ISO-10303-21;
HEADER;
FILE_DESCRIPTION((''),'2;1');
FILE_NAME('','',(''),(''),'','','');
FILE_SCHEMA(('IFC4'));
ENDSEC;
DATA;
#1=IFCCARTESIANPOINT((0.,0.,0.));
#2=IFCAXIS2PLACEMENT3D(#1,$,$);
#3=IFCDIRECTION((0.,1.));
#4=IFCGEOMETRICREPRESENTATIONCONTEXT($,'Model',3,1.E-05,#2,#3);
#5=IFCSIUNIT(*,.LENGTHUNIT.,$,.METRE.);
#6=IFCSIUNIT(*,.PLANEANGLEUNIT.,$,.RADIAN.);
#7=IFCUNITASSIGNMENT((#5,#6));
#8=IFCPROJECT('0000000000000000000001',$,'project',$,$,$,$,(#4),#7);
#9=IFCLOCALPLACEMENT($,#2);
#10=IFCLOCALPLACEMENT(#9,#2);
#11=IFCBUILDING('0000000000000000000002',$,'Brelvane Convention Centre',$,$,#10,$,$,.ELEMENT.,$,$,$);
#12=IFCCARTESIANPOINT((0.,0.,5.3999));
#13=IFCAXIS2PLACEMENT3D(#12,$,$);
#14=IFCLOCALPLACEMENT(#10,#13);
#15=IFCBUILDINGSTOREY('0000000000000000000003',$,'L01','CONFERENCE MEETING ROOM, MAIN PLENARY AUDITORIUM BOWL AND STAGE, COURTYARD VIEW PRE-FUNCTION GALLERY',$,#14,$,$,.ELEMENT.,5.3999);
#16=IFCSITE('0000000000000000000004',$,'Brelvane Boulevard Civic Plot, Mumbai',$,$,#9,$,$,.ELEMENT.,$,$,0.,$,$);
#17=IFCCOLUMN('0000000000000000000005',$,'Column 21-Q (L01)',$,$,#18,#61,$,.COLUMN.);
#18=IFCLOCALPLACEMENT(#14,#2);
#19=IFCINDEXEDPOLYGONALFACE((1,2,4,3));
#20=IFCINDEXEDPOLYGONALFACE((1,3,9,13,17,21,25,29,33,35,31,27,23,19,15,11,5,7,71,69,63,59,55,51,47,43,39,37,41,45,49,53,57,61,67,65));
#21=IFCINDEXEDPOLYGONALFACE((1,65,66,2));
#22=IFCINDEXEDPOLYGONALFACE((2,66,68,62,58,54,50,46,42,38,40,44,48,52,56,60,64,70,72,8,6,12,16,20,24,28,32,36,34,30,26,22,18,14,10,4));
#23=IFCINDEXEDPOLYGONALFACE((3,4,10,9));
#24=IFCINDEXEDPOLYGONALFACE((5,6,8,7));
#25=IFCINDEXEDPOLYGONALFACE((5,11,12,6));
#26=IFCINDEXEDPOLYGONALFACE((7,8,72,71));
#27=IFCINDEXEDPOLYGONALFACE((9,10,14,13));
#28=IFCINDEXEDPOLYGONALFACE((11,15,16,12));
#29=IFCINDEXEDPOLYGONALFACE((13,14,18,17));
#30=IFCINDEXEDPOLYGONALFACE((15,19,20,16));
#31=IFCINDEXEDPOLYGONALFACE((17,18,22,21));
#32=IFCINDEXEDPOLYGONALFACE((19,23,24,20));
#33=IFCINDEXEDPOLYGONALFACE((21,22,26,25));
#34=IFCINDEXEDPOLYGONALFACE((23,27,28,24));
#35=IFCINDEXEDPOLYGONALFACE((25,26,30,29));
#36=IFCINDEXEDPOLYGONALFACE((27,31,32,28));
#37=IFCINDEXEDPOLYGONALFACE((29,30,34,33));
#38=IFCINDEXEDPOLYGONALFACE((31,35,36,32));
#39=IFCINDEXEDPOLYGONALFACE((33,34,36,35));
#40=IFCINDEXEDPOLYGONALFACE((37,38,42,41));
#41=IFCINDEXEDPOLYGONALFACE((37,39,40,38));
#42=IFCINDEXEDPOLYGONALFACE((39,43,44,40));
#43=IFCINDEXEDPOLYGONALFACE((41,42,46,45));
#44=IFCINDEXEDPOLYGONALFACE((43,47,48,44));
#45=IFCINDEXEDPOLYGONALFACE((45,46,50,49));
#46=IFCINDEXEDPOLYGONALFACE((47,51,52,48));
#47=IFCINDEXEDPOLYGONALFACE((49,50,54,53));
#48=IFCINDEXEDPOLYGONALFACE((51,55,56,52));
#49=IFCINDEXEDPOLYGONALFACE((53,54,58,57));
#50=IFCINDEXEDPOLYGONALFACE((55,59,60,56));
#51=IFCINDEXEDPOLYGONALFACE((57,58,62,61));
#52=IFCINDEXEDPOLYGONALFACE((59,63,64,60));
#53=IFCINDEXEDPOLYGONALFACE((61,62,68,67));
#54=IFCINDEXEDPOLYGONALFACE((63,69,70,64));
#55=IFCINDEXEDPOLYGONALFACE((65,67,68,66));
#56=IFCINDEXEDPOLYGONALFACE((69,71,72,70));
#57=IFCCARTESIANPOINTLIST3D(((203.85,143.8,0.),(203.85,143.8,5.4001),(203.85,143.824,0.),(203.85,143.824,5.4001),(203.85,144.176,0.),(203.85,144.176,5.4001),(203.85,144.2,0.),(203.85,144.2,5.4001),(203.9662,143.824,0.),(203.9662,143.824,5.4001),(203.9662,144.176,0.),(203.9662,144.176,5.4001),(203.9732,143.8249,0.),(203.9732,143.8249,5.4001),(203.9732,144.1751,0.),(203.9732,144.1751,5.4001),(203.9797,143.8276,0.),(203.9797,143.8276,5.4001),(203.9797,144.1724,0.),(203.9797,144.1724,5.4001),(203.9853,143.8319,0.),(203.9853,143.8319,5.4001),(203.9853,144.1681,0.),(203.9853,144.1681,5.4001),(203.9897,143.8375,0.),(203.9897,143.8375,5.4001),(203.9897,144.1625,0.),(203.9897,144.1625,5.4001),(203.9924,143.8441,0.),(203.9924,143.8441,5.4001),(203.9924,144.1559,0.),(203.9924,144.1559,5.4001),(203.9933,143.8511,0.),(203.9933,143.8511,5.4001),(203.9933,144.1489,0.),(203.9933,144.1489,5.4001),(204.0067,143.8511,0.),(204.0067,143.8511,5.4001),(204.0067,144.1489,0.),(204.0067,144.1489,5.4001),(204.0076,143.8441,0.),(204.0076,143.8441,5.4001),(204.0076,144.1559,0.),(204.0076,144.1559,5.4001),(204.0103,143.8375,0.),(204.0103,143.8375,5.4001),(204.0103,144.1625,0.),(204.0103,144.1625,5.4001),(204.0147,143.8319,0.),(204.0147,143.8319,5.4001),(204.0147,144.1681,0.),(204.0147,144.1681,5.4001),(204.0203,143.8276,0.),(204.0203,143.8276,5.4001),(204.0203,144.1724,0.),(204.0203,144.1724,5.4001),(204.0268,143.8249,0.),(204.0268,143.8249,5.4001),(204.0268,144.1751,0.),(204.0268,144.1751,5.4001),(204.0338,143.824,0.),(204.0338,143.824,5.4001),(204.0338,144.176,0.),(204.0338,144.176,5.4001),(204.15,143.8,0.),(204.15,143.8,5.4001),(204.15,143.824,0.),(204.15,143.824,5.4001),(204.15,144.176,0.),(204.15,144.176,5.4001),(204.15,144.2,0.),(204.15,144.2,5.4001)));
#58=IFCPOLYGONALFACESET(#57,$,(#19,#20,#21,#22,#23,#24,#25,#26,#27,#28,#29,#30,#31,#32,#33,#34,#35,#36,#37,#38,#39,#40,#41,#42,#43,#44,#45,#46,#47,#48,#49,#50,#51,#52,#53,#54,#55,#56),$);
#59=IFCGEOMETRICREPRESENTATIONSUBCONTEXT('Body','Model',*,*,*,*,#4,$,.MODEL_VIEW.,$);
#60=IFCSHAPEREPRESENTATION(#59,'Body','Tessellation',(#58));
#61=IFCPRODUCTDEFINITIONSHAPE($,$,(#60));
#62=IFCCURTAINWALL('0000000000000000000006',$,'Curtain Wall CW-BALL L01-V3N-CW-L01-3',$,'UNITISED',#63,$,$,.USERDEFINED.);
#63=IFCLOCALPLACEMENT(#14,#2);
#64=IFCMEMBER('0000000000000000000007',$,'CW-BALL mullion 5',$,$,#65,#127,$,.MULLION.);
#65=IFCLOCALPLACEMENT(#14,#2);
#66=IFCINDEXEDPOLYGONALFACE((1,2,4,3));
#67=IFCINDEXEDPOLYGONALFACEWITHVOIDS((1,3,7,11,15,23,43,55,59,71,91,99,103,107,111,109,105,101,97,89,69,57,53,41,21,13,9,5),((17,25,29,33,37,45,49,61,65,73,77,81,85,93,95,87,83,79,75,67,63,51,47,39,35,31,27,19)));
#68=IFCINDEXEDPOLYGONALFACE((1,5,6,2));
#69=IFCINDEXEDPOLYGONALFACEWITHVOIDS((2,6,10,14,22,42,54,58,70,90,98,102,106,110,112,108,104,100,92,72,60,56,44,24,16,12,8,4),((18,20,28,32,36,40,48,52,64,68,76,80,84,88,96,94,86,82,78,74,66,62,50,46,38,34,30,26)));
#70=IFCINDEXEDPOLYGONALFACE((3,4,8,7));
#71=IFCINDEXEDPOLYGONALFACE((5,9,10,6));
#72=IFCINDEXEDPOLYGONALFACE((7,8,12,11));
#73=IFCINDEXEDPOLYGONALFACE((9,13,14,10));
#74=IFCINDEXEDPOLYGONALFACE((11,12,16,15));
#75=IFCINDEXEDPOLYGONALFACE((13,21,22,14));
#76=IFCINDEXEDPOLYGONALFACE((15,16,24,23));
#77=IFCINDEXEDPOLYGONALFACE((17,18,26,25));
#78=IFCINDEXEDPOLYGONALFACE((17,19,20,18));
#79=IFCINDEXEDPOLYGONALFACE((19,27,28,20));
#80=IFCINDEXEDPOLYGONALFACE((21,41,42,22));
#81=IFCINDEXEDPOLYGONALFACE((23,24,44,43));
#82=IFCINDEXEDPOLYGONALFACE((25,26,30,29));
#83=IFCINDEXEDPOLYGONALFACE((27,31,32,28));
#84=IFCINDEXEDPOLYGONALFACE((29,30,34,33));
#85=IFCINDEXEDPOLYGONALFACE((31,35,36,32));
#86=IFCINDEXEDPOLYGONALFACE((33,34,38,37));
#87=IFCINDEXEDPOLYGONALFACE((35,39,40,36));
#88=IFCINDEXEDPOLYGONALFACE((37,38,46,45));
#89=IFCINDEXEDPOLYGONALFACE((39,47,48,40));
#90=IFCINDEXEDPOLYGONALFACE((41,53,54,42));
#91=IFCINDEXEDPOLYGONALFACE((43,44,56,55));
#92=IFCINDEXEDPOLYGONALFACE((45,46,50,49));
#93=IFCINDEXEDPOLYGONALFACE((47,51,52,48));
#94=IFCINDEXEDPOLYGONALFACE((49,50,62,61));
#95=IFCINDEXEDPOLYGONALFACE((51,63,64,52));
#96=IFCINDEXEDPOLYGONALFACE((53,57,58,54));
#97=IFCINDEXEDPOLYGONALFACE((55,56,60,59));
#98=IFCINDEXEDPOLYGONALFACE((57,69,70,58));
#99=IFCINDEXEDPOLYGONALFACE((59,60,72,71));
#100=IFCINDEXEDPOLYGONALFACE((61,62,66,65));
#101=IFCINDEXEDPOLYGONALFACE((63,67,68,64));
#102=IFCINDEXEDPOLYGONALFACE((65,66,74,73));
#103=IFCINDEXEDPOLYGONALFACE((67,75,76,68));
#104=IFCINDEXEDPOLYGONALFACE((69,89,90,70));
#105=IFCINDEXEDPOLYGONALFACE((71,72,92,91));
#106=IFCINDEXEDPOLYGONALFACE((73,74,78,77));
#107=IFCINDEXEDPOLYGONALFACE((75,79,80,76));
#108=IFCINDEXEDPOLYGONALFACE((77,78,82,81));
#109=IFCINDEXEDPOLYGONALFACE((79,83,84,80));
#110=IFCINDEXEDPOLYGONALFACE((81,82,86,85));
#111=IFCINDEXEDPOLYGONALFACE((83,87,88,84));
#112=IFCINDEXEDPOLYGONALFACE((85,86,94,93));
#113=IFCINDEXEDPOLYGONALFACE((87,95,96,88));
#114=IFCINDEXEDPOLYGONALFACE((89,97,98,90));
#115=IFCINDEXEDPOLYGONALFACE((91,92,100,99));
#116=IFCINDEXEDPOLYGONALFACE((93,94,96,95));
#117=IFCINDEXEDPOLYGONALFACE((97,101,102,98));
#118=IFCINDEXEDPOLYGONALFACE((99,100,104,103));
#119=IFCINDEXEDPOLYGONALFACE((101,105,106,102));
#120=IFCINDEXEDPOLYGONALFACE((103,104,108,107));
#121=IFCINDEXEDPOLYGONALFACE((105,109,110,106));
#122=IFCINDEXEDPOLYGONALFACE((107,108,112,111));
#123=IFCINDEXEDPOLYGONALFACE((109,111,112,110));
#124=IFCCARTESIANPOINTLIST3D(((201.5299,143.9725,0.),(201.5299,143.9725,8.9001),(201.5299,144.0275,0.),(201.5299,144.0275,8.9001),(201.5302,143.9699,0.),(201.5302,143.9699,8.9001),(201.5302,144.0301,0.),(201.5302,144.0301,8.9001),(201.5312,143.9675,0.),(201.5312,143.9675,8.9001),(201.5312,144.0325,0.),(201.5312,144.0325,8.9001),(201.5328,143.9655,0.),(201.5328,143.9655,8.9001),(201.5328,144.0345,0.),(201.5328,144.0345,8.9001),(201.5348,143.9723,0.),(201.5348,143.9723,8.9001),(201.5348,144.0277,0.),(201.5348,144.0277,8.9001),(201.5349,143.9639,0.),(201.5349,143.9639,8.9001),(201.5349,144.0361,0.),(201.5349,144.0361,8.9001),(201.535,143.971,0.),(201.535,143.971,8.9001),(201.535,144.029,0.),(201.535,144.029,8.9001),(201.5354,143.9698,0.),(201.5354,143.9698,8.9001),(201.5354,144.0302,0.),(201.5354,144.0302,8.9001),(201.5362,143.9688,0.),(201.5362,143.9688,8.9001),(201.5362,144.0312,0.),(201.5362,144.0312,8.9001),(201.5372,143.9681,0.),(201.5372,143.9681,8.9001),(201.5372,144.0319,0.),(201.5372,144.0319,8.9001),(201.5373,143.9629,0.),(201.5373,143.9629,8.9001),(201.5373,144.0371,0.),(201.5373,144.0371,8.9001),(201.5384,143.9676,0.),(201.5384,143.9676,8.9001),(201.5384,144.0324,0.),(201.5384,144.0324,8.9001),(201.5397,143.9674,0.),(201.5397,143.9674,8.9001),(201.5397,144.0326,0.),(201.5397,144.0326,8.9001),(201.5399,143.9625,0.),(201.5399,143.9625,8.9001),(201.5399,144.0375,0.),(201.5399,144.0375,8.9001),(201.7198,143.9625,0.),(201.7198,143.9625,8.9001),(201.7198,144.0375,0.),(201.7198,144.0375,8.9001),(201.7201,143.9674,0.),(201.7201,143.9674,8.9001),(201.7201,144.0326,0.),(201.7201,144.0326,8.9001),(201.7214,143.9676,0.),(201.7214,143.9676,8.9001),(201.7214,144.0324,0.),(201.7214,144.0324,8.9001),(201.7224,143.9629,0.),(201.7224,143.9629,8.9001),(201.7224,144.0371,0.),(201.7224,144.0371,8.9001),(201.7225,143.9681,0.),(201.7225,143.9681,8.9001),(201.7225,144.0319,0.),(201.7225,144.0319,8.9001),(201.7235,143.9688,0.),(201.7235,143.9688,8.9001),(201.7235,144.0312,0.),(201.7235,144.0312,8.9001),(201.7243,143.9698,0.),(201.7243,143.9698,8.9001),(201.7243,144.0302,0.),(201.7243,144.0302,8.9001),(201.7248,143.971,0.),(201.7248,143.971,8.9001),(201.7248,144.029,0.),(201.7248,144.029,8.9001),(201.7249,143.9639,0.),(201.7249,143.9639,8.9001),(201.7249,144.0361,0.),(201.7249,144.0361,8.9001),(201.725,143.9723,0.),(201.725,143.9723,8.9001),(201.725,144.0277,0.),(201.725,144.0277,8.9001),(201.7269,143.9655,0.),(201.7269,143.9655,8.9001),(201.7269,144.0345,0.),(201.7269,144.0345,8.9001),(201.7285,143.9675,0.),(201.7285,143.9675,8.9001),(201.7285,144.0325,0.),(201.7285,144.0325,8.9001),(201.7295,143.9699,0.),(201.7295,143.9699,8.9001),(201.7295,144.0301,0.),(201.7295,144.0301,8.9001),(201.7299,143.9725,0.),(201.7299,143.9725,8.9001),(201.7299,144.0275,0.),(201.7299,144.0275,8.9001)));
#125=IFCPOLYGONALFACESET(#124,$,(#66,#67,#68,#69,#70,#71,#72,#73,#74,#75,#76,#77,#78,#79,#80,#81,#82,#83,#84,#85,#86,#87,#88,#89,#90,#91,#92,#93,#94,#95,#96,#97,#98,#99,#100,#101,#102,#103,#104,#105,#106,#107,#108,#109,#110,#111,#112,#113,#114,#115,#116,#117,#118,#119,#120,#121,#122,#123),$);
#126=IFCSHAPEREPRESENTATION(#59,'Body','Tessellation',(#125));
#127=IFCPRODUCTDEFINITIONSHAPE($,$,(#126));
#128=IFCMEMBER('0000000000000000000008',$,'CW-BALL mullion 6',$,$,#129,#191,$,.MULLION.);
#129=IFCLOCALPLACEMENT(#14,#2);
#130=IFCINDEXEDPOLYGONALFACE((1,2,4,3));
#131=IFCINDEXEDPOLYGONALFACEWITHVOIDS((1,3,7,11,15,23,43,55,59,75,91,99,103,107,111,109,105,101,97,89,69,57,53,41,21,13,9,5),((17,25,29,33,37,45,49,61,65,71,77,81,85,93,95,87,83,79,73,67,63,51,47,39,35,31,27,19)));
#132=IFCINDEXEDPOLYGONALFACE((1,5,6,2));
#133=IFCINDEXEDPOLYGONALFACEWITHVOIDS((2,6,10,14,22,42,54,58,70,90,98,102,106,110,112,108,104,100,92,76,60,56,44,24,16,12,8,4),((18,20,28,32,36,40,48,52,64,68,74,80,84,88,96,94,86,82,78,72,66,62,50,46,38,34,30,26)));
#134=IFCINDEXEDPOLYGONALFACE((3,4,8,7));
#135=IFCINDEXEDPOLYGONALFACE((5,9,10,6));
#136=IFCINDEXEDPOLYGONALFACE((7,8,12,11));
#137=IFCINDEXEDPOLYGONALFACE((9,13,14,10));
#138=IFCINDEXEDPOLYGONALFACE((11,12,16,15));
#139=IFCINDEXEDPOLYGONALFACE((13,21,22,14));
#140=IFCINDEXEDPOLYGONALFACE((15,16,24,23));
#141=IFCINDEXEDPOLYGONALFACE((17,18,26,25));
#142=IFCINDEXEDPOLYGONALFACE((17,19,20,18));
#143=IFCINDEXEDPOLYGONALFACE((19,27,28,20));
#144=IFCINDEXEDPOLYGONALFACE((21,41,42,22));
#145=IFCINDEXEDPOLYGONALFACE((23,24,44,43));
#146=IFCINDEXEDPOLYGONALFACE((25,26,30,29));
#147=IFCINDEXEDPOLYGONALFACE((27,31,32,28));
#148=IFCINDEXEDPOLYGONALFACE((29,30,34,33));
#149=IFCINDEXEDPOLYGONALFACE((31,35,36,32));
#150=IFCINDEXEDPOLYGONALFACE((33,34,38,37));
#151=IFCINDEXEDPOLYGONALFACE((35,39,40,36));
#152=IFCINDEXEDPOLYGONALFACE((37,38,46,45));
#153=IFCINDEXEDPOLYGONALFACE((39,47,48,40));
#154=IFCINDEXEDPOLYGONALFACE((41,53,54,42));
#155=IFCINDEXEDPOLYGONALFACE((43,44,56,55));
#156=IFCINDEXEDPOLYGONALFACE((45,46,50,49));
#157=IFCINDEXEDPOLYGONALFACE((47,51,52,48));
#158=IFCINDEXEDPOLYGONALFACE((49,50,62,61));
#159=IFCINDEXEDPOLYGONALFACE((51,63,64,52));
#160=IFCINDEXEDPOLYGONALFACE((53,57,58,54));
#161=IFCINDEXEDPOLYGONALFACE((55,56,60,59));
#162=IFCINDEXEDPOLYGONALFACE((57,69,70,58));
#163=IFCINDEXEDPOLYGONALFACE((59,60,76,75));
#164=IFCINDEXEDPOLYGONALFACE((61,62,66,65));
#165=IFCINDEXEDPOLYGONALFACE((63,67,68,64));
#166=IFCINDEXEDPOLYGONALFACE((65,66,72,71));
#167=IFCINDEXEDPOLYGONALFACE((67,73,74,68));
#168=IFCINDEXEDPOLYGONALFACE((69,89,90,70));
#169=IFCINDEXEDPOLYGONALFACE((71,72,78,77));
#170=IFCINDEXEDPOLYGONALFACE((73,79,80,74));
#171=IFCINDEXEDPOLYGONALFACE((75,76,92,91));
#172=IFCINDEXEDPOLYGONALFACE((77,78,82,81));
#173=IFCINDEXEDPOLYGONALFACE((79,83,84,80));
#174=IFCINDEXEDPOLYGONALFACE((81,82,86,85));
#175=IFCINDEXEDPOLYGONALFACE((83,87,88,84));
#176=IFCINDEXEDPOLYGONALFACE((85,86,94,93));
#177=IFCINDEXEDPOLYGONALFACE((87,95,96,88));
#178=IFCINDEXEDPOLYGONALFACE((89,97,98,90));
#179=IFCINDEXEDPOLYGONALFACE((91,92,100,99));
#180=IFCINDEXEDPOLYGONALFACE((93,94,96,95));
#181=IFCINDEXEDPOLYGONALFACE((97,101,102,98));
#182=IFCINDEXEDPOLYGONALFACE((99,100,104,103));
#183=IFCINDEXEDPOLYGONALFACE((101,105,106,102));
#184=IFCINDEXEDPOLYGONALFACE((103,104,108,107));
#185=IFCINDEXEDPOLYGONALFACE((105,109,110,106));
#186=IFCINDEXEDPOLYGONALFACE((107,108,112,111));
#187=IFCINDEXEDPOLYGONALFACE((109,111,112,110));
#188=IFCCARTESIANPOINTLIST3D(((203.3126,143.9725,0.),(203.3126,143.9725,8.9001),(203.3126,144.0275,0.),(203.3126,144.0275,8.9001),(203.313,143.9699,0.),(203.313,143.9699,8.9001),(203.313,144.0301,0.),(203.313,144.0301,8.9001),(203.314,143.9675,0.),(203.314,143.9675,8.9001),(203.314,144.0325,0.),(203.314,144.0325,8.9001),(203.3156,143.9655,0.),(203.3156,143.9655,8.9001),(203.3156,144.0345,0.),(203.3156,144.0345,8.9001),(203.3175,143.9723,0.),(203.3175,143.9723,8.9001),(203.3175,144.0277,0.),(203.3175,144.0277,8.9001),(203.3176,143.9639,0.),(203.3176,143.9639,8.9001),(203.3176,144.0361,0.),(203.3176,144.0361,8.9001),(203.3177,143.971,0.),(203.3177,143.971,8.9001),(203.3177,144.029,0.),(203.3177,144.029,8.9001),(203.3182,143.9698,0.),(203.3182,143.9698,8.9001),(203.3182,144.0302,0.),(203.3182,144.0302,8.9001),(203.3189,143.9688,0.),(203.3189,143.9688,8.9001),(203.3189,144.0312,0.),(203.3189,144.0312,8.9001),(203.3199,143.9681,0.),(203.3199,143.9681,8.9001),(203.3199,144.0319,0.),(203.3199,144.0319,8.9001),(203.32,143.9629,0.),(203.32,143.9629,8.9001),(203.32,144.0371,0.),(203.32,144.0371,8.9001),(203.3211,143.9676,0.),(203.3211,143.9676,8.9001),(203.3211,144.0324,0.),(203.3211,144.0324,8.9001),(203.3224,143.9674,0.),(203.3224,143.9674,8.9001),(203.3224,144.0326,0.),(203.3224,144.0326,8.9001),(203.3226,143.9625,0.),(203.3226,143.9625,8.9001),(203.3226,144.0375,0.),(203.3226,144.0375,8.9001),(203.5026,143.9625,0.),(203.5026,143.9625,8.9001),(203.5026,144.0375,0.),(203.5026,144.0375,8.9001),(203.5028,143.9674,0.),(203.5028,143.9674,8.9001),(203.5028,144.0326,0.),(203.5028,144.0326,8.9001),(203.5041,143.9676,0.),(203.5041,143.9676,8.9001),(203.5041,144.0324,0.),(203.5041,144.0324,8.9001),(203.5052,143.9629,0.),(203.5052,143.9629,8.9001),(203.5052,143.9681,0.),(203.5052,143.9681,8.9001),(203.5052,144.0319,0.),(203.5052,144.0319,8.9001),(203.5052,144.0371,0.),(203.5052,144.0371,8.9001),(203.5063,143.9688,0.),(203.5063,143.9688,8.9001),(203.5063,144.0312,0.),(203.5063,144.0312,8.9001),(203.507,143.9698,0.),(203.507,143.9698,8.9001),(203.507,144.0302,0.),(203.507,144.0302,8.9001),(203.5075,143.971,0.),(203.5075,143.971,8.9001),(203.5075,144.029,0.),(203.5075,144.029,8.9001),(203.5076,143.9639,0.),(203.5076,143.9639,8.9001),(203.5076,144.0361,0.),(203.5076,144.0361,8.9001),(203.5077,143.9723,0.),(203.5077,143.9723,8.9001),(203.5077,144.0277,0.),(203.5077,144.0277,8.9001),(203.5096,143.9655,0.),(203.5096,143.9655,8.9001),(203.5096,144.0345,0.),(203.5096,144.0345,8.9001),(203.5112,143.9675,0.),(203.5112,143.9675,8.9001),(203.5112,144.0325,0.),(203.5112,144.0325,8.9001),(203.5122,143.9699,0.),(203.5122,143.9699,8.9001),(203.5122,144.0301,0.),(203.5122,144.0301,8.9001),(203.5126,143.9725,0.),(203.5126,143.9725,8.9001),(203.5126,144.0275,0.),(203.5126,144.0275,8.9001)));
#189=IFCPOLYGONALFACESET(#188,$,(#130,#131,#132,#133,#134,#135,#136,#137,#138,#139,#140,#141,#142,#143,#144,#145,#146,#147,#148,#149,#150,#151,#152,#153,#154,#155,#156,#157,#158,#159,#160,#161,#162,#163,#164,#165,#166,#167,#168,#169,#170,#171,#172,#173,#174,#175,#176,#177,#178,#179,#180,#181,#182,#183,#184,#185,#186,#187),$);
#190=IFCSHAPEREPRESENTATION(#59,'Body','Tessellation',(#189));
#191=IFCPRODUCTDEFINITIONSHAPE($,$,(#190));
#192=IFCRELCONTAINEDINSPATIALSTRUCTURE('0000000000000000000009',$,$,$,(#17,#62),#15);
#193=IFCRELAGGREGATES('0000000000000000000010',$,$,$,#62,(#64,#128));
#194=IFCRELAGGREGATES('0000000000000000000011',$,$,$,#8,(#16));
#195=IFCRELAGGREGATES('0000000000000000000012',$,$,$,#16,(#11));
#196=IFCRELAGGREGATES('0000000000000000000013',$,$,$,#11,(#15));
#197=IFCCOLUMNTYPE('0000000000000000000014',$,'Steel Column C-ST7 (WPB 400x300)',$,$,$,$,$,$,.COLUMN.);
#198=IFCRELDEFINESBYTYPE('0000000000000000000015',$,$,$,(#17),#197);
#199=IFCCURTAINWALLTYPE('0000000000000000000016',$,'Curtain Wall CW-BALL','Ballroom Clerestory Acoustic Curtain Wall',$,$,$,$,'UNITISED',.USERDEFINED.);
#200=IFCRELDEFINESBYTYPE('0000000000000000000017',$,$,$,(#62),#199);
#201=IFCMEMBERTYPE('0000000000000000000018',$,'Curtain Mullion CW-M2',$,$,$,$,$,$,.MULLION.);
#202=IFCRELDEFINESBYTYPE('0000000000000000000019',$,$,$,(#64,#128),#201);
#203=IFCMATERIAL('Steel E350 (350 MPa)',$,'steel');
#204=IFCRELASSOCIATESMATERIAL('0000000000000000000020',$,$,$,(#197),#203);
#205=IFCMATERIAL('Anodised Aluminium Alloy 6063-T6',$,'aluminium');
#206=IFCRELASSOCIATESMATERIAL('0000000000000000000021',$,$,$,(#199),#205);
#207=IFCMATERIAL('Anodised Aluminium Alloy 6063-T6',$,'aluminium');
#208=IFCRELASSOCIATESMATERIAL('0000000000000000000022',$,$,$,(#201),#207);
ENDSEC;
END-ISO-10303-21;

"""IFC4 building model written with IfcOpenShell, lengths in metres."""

from ifc_helpers import new_model, si_unit, direction, frame, origin, origin_2d, place, context, subcontext, project, spatial, hollow_rectangle, i_section, extrude, material, material_profile, profile_set, type_object, element, aggregate, save


model = new_model("IFC4")

# Units and contexts
model_context = context("Model", 3, precision=1e-05, world=origin(), true_north=direction((0.0, 1.0)))
body_context = subcontext(model_context, "Body", "Model", "MODEL_VIEW")
ifc_project = project(units=[si_unit("LENGTHUNIT", "METRE"), si_unit("PLANEANGLEUNIT", "RADIAN")], contexts=[model_context])

# Site, building, storey
site_placement = place(None, origin())
site = spatial("IfcSite", under=ifc_project, at=site_placement, Name="Brelvane Boulevard Civic Plot, Mumbai", CompositionType="ELEMENT", RefElevation=0.0)
building_placement = place(site_placement, origin())
building = spatial("IfcBuilding", under=site, at=building_placement, Name="Brelvane Convention Centre", CompositionType="ELEMENT")
storey_placement = place(building_placement, frame((0.0, 0.0, 5.3999)))
storey = spatial("IfcBuildingStorey", under=building, at=storey_placement, Name="L01", Description="CONFERENCE MEETING ROOM, MAIN PLENARY AUDITORIUM BOWL AND STAGE, COURTYARD VIEW PRE-FUNCTION GALLERY", CompositionType="ELEMENT", Elevation=5.3999)

# Column
ifc_material_1 = material(Name="Steel E350 (350 MPa)", Category="steel")
ifc_material_profile_1 = material_profile(ifc_material_1, i_section(OverallWidth=0.3, OverallDepth=0.3999, WebThickness=0.0134, FlangeThickness=0.0239, FilletRadius=0.0271, at=origin_2d()), Name="WPB 400x300")
ifc_profile_set_1 = profile_set([ifc_material_profile_1], Name="Steel E350 (350 MPa)")
column_type = type_object("IfcColumnType", Name="Steel Column C-ST7 (WPB 400x300)", PredefinedType="COLUMN", material=ifc_profile_set_1)
column_placement = place(storey_placement, frame((204.0, 144.0, 0.0), z_axis=(0.0, 0.0, 1.0), x_axis=(1.0, 0.0, 0.0)))
element("IfcColumn", 1, at=column_placement, inside=storey, type_object=column_type, Name="Column 21-Q (L01)", PredefinedType="COLUMN", context=body_context, shape_type="SweptSolid", body=[
    extrude(i_section(OverallWidth=0.3, OverallDepth=0.3999, WebThickness=0.0134, FlangeThickness=0.0239, FilletRadius=0.0271, at=origin_2d()), origin(), (0.0, 0.0, 1.0), 5.4001),
])

# Curtain wall, members
ifc_material_2 = material(Name="Anodised Aluminium Alloy 6063-T6", Category="aluminium")
curtain_wall_type = type_object("IfcCurtainWallType", Name="Curtain Wall CW-BALL", Description="Ballroom Clerestory Acoustic Curtain Wall", ElementType="UNITISED", PredefinedType="USERDEFINED", material=ifc_material_2)
curtain_wall_1_placement = place(storey_placement, origin())
curtain_wall_1 = element("IfcCurtainWall", 2, at=curtain_wall_1_placement, inside=storey, type_object=curtain_wall_type, Name="Curtain Wall CW-BALL L01-V3N-CW-L01-3", ObjectType="UNITISED", PredefinedType="USERDEFINED")
ifc_material_3 = material(Name="Anodised Aluminium Alloy 6063-T6", Category="aluminium")
ifc_material_profile_2 = material_profile(ifc_material_3, hollow_rectangle(XDim=0.075, YDim=0.2, WallThickness=0.0049, InnerFilletRadius=0.0049, OuterFilletRadius=0.01, at=origin_2d()), Name="ALU-M 200x75x5.0")
ifc_profile_set_2 = profile_set([ifc_material_profile_2], Name="Anodised Aluminium Alloy 6063-T6")
member_type_1 = type_object("IfcMemberType", Name="Curtain Mullion CW-M2", PredefinedType="MULLION", material=ifc_profile_set_2)
member_1_placement = place(storey_placement, frame((201.6299, 144.0, 0.0), z_axis=(0.0, 0.0, 1.0), x_axis=(0.0, 1.0, 0.0)))
member_1 = element("IfcMember", 3, at=member_1_placement, type_object=member_type_1, Name="CW-BALL mullion 5", PredefinedType="MULLION", context=body_context, shape_type="SweptSolid", body=[
    extrude(hollow_rectangle(XDim=0.075, YDim=0.2, WallThickness=0.0049, InnerFilletRadius=0.0049, OuterFilletRadius=0.01, at=origin_2d()), origin(), (0.0, 0.0, 1.0), 8.9001),
])
member_2_placement = place(storey_placement, frame((203.4126, 144.0, 0.0), z_axis=(0.0, 0.0, 1.0), x_axis=(0.0, 1.0, 0.0)))
member_2 = element("IfcMember", 4, at=member_2_placement, type_object=member_type_1, Name="CW-BALL mullion 6", PredefinedType="MULLION", context=body_context, shape_type="SweptSolid", body=[
    extrude(hollow_rectangle(XDim=0.075, YDim=0.2, WallThickness=0.0049, InnerFilletRadius=0.0049, OuterFilletRadius=0.01, at=origin_2d()), origin(), (0.0, 0.0, 1.0), 8.9001),
])

aggregate(curtain_wall_1, [member_1, member_2])

save(model, "model.ifc")
